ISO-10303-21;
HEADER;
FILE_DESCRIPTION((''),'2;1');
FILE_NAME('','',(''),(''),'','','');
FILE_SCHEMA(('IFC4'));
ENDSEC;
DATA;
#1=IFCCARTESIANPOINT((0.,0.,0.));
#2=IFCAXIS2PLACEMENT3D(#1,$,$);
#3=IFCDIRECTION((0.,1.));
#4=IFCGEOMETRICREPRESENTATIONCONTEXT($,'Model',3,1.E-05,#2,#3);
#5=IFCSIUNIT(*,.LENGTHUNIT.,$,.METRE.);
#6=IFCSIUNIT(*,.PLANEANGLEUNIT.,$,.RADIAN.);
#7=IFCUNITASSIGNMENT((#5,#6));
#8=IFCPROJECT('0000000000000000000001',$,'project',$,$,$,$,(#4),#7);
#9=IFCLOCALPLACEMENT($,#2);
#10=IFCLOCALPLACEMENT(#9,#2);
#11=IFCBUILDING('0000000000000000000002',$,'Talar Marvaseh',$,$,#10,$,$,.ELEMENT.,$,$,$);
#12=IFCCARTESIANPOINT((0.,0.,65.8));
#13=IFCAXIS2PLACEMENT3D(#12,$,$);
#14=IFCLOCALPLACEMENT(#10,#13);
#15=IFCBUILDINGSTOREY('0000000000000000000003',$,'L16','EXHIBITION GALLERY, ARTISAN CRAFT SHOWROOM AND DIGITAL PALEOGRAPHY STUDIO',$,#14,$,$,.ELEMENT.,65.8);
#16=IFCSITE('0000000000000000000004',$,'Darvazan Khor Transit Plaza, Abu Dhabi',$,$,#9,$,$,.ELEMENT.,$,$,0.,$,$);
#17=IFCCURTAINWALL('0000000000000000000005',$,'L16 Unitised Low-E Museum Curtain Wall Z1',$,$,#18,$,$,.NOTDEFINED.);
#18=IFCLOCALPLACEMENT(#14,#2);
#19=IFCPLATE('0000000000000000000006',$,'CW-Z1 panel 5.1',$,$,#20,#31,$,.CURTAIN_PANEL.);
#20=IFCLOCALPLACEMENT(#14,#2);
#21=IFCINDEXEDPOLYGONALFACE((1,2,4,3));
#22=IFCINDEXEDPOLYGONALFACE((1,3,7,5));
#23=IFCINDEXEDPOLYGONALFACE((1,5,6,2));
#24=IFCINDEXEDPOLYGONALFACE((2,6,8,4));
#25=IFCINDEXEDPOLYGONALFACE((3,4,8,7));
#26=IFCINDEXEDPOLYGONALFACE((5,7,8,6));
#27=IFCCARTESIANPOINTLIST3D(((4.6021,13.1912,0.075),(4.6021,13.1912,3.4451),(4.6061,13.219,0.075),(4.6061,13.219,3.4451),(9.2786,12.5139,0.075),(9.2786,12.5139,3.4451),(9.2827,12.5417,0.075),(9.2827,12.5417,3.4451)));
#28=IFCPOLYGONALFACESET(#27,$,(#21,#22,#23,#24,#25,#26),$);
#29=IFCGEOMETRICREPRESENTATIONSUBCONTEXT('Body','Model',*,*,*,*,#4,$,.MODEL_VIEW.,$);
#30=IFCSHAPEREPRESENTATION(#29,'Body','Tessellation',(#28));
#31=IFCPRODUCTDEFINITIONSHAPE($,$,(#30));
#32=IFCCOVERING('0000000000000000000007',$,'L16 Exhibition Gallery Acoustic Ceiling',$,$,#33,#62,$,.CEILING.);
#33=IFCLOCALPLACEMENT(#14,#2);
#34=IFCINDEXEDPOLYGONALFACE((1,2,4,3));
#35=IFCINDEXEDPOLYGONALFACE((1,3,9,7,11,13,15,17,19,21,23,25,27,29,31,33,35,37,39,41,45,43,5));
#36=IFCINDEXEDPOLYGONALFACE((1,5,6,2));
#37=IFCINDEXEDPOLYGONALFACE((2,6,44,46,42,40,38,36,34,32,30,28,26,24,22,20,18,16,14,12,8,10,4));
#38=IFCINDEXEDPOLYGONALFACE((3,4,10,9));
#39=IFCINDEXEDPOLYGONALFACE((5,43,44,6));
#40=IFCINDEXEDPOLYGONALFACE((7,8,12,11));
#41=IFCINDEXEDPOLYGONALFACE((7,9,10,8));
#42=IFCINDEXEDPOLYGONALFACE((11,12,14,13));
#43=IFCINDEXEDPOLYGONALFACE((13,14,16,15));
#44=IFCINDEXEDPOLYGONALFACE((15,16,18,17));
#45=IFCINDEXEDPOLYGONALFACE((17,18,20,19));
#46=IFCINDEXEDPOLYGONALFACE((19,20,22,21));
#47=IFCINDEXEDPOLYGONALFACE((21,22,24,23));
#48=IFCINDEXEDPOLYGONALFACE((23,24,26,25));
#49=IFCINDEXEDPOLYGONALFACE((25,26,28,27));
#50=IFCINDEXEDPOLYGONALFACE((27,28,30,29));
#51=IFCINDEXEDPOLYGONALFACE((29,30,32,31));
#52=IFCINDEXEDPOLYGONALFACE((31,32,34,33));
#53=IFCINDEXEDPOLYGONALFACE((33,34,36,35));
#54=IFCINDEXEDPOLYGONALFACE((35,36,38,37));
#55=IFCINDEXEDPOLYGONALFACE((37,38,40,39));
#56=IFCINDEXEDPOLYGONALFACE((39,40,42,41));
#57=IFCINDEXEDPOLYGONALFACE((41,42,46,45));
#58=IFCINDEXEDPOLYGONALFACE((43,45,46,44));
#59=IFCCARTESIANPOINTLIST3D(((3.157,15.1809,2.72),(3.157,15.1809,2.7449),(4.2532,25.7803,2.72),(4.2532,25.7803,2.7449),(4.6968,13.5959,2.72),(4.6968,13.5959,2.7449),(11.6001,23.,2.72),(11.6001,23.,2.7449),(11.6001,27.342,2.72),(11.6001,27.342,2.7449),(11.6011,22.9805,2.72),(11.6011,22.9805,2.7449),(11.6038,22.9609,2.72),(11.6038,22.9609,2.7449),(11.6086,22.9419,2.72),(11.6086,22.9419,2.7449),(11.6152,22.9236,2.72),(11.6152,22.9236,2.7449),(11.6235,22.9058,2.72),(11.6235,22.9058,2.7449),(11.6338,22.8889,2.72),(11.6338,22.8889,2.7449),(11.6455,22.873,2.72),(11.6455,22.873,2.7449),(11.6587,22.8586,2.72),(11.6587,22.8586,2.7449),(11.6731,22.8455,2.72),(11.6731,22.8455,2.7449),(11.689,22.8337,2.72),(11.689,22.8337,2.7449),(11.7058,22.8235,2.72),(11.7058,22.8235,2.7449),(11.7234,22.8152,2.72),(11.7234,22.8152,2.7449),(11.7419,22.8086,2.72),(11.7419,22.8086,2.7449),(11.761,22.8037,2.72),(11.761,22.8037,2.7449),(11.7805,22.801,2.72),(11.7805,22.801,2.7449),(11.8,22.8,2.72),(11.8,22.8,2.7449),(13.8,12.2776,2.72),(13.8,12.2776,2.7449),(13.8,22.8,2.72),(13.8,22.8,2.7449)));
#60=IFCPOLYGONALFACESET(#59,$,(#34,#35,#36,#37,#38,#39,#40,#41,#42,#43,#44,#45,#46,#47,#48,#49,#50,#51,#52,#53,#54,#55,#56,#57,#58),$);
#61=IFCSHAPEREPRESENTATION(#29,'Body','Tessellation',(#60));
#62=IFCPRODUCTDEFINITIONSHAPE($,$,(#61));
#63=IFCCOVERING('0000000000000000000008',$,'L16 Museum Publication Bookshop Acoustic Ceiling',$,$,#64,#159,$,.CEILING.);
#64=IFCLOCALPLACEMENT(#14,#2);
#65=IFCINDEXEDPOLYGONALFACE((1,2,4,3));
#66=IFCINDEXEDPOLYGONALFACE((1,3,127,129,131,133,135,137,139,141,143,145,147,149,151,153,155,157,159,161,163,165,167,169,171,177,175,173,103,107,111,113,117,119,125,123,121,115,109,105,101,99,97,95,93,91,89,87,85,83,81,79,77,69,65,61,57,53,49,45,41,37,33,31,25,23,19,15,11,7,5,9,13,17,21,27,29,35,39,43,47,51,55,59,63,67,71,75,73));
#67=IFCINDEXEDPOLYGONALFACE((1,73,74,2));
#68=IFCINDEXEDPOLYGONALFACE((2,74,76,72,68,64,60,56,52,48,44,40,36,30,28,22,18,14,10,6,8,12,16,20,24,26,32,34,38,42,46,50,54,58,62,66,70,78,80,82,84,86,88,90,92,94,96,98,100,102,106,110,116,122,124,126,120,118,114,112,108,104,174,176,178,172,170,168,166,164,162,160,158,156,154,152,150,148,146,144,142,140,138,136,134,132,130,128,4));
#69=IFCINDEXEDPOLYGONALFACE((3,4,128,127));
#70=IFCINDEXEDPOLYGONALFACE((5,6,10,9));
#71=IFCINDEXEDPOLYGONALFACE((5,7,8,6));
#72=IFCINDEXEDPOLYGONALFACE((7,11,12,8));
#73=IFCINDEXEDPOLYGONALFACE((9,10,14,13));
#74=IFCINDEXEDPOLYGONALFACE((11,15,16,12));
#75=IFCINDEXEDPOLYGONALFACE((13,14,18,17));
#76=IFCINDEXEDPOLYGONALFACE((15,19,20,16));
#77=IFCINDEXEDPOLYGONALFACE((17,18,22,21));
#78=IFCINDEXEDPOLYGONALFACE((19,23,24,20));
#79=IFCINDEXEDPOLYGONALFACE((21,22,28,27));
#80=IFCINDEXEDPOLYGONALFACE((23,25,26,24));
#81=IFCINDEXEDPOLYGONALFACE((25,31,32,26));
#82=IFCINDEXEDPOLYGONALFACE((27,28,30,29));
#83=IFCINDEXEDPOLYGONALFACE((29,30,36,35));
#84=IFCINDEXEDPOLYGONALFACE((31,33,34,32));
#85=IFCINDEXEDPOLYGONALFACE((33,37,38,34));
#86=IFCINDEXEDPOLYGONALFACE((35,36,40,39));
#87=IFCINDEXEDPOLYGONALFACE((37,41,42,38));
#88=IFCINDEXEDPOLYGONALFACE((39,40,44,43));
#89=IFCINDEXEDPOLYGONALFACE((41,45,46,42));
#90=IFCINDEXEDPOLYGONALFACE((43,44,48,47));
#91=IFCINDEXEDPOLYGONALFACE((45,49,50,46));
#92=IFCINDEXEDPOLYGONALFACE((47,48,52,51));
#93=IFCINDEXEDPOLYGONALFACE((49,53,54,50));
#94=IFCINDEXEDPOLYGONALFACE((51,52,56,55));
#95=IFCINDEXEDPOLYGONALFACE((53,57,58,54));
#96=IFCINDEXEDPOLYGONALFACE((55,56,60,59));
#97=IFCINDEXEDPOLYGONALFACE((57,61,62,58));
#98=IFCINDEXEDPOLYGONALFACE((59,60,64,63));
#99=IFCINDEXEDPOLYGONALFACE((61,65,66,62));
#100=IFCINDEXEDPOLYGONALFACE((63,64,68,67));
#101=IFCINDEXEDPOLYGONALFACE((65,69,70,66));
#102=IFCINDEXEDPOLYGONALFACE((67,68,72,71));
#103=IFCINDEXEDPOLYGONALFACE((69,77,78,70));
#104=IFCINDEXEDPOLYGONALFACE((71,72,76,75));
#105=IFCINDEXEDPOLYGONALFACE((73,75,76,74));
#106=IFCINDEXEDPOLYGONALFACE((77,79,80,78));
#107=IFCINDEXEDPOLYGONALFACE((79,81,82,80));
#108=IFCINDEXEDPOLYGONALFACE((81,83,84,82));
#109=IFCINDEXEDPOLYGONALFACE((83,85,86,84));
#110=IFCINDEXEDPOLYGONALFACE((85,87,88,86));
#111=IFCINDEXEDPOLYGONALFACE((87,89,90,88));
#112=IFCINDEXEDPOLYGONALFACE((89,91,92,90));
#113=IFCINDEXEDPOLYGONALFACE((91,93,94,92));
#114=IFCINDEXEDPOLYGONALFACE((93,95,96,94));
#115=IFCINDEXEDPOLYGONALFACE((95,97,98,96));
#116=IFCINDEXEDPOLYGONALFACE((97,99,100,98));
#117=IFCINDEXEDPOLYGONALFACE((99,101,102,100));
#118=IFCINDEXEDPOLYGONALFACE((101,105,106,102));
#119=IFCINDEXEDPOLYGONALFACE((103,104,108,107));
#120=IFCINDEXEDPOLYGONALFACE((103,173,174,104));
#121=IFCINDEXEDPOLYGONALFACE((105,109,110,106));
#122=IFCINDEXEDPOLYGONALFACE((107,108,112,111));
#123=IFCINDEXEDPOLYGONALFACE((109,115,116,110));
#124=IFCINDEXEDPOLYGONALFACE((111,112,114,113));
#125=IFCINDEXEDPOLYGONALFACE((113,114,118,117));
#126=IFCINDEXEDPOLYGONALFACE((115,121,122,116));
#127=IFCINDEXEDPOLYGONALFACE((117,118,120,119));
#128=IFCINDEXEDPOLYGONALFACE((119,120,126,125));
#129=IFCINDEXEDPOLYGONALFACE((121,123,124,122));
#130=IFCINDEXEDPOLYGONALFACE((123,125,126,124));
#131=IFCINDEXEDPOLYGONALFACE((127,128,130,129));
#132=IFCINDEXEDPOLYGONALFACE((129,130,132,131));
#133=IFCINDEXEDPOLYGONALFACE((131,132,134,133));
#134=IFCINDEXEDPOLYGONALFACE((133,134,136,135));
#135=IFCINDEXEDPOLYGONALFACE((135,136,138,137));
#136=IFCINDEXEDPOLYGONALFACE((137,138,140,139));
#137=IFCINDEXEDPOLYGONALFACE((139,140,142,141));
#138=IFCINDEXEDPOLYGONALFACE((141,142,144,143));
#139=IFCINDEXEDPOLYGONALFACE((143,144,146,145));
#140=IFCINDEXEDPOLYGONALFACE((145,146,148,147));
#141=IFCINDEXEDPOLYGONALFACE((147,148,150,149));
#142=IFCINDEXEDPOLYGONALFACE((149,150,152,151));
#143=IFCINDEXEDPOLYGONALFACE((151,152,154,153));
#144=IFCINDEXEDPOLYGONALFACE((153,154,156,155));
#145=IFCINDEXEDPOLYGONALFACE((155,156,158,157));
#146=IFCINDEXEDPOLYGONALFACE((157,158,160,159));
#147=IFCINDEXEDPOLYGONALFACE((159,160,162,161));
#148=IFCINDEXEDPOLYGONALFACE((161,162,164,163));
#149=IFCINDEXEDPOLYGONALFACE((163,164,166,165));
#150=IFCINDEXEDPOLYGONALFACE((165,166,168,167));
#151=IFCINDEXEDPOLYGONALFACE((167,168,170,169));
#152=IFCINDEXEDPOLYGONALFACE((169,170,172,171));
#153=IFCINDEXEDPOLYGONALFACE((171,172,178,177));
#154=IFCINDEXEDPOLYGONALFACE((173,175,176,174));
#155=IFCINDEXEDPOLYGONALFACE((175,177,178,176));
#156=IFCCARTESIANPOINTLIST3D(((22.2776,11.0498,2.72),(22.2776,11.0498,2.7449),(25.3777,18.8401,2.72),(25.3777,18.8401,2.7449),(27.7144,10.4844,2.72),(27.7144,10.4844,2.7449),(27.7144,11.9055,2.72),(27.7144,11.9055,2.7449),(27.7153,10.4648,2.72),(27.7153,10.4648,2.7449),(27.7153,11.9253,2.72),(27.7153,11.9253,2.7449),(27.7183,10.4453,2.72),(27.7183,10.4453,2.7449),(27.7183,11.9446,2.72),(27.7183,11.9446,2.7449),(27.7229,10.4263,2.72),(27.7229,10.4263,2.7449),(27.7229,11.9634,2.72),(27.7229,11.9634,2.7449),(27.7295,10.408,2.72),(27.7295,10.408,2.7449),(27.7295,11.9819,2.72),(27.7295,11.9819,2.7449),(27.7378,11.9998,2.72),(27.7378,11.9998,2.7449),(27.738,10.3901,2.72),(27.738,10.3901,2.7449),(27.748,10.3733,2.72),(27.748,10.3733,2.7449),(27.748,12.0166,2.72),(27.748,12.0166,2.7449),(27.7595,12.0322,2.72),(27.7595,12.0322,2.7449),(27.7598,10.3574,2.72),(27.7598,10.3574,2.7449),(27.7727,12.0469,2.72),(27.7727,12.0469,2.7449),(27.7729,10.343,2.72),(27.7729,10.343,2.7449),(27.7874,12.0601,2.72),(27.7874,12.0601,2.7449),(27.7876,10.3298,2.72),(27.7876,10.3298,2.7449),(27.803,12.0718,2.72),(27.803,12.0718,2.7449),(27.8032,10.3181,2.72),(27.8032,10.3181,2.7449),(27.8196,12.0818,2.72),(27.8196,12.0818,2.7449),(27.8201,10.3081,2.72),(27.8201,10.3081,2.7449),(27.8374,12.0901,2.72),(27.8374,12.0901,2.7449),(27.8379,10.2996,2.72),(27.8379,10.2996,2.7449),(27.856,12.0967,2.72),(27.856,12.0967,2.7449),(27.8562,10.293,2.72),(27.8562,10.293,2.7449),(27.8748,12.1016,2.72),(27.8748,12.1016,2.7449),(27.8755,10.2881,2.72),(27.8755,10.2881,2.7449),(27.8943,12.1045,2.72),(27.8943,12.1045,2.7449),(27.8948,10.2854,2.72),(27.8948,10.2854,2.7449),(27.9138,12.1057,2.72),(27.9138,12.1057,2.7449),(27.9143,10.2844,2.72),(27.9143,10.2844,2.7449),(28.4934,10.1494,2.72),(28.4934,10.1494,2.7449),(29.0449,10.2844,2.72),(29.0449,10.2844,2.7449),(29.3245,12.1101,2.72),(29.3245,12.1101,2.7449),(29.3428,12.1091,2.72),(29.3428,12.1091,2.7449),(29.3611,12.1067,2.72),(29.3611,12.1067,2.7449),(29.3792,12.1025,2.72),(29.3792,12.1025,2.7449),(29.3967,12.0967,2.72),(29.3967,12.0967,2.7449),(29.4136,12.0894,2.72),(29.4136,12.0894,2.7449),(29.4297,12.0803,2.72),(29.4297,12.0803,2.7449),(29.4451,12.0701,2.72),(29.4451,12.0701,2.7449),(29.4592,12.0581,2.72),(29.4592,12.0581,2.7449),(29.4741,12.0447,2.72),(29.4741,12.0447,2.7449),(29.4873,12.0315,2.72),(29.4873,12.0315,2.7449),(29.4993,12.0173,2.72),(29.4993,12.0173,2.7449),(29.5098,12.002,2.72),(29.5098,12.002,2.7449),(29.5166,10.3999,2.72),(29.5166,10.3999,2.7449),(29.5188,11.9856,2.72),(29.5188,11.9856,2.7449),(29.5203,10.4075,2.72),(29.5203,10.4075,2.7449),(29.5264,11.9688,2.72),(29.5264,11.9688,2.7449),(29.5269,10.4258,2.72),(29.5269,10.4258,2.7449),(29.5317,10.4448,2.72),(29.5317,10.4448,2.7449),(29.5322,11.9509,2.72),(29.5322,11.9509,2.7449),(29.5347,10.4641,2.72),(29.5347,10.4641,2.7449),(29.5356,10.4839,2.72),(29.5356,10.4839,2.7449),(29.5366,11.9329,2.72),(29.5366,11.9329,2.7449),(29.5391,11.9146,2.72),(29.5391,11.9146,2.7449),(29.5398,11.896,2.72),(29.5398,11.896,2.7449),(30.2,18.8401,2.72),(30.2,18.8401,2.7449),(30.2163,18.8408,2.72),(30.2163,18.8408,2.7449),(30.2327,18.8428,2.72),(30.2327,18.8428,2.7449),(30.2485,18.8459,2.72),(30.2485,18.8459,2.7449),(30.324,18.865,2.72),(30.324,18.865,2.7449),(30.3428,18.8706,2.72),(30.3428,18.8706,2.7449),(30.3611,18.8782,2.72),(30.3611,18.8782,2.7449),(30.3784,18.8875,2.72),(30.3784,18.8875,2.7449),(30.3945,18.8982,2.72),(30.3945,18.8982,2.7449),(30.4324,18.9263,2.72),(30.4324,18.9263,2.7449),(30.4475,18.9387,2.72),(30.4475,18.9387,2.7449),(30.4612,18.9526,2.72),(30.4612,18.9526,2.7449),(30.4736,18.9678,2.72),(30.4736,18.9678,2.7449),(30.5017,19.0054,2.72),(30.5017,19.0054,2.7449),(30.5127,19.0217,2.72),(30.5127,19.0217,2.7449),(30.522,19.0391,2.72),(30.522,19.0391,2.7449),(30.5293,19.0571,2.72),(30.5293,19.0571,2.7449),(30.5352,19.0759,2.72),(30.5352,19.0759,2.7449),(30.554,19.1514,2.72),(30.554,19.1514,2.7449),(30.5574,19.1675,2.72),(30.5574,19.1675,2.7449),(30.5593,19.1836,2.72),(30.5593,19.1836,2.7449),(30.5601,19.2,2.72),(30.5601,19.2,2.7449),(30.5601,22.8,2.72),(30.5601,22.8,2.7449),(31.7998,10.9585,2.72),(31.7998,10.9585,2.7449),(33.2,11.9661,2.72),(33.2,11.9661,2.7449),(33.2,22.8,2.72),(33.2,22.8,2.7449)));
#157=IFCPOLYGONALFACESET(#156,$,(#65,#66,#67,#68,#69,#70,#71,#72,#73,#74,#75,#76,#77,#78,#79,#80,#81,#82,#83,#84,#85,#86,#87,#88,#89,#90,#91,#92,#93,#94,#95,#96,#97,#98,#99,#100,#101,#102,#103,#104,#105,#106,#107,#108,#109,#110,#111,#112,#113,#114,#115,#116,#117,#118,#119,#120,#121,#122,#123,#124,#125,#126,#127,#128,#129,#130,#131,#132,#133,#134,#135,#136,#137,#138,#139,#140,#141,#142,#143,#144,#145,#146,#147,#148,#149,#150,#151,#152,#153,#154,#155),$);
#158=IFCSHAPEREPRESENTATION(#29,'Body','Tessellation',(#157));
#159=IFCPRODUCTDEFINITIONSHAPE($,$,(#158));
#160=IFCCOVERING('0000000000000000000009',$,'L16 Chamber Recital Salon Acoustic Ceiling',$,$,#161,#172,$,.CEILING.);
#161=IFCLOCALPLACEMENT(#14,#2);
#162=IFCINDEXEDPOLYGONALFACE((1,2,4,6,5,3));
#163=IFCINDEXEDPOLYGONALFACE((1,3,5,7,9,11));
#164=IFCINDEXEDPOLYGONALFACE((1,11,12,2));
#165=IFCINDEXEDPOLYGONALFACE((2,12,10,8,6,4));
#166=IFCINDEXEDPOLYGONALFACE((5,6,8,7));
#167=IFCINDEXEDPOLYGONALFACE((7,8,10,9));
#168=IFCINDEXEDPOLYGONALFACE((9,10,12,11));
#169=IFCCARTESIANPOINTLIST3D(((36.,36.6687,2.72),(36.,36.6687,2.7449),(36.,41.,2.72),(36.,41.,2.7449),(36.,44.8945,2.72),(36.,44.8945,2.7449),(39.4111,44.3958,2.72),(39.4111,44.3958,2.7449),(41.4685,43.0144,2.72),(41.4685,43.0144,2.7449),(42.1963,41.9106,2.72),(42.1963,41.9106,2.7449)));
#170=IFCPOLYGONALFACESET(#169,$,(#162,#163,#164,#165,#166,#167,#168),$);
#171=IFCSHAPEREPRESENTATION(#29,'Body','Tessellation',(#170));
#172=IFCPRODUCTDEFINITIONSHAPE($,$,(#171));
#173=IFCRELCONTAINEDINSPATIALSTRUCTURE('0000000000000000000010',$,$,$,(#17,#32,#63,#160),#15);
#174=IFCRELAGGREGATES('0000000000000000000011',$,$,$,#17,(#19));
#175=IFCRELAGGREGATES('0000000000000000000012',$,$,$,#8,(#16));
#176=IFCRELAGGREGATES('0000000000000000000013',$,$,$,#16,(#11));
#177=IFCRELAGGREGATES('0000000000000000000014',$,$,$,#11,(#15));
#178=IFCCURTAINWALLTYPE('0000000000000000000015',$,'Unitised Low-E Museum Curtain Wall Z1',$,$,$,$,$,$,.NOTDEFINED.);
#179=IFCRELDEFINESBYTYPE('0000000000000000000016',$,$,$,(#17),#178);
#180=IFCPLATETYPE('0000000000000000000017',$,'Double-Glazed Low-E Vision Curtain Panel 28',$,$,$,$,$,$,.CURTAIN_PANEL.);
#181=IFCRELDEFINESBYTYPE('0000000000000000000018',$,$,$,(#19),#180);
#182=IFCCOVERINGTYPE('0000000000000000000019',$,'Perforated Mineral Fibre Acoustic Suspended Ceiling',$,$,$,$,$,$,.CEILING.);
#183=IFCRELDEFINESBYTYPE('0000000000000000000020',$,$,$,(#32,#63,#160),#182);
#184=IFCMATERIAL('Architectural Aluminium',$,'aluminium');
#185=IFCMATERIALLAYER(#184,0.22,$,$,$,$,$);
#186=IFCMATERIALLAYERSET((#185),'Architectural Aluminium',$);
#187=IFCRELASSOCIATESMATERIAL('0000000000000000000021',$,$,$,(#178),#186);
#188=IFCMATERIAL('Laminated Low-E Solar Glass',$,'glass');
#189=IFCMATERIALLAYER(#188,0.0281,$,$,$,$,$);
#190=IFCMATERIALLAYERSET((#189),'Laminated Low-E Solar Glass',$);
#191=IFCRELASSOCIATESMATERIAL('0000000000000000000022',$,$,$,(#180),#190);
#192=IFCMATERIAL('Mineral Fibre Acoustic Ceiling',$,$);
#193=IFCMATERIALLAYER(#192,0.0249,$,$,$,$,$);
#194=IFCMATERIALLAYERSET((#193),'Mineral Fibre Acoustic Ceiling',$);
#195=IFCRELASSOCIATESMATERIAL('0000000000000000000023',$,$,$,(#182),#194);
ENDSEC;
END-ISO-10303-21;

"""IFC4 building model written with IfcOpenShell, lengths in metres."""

from ifc_helpers import new_model, si_unit, direction, frame, origin, origin_2d, place, context, subcontext, project, spatial, polyline, rectangle, outline, extrude, source, transform, mapped, material, layer, layer_set, type_object, type_shapes, element, aggregate, save


model = new_model("IFC4")

# Units and contexts
model_context = context("Model", 3, precision=1e-05, world=origin(), true_north=direction((0.0, 1.0)))
body_context = subcontext(model_context, "Body", "Model", "MODEL_VIEW")
ifc_project = project(units=[si_unit("LENGTHUNIT", "METRE"), si_unit("PLANEANGLEUNIT", "RADIAN")], contexts=[model_context])

# Site, building, storey
site_placement = place(None, origin())
site = spatial("IfcSite", under=ifc_project, at=site_placement, Name="Darvazan Khor Transit Plaza, Abu Dhabi", CompositionType="ELEMENT", RefElevation=0.0)
building_placement = place(site_placement, origin())
building = spatial("IfcBuilding", under=site, at=building_placement, Name="Talar Marvaseh", CompositionType="ELEMENT")
storey_placement = place(building_placement, frame((0.0, 0.0, 65.8)))
storey = spatial("IfcBuildingStorey", under=building, at=storey_placement, Name="L16", Description="EXHIBITION GALLERY, ARTISAN CRAFT SHOWROOM AND DIGITAL PALEOGRAPHY STUDIO", CompositionType="ELEMENT", Elevation=65.8)

# Curtain wall
ifc_material_1 = material(Name="Architectural Aluminium", Category="aluminium")
ifc_layer_1 = layer(ifc_material_1, 0.22)
ifc_layer_set_1 = layer_set([ifc_layer_1], Name="Architectural Aluminium")
curtain_wall_type = type_object("IfcCurtainWallType", Name="Unitised Low-E Museum Curtain Wall Z1", PredefinedType="NOTDEFINED", material=ifc_layer_set_1)
curtain_wall_placement = place(storey_placement, origin())
curtain_wall = element("IfcCurtainWall", 1, at=curtain_wall_placement, inside=storey, type_object=curtain_wall_type, Name="L16 Unitised Low-E Museum Curtain Wall Z1", PredefinedType="NOTDEFINED")

# Plate
ifc_material_2 = material(Name="Laminated Low-E Solar Glass", Category="glass")
ifc_layer_2 = layer(ifc_material_2, 0.0281)
ifc_layer_set_2 = layer_set([ifc_layer_2], Name="Laminated Low-E Solar Glass")
plate_type = type_object("IfcPlateType", Name="Double-Glazed Low-E Vision Curtain Panel 28", PredefinedType="CURTAIN_PANEL", material=ifc_layer_set_2)
shared_shape_1 = source(origin(), body_context, "Body", "SweptSolid", [
    extrude(rectangle(XDim=4.7253, YDim=0.0281, at=origin_2d()), origin(), (0.0, 0.0, 1.0), 3.3701),
])
type_shapes(plate_type, [shared_shape_1])
plate_placement = place(storey_placement, frame((6.9424, 12.8665, 0.075), z_axis=(0.0, 0.0, 1.0), x_axis=(-0.989674, 0.143338, 0.0)))
plate = element("IfcPlate", 2, at=plate_placement, type_object=plate_type, Name="CW-Z1 panel 5.1", PredefinedType="CURTAIN_PANEL", context=body_context, shape_type="MappedRepresentation", body=[
    mapped(shared_shape_1, transform((0.0, 0.0, 0.0), x_axis=(1.0, 0.0, 0.0), y_axis=(0.0, 1.0, 0.0), z_axis=(0.0, 0.0, 1.0), scale=1.0)),
])
aggregate(curtain_wall, [plate])

# Coverings
ifc_material_3 = material(Name="Mineral Fibre Acoustic Ceiling")
ifc_layer_3 = layer(ifc_material_3, 0.0249)
ifc_layer_set_3 = layer_set([ifc_layer_3], Name="Mineral Fibre Acoustic Ceiling")
covering_type_1 = type_object("IfcCoveringType", Name="Perforated Mineral Fibre Acoustic Suspended Ceiling", PredefinedType="CEILING", material=ifc_layer_set_3)
covering_1_placement = place(storey_placement, frame((0.0, 0.0, 2.72)))
element("IfcCovering", 3, at=covering_1_placement, inside=storey, type_object=covering_type_1, Name="L16 Exhibition Gallery Acoustic Ceiling", PredefinedType="CEILING", context=body_context, shape_type="SweptSolid", body=[
    extrude(outline(polyline([(3.157, 15.1809), (4.2532, 25.7803), (11.6001, 27.342), (11.6001, 23.0), (11.6011, 22.9805), (11.6038, 22.9609), (11.6086, 22.9419), (11.6152, 22.9236), (11.6235, 22.9058), (11.6338, 22.8889), (11.6455, 22.873), (11.6587, 22.8586), (11.6731, 22.8455), (11.689, 22.8337), (11.7058, 22.8235), (11.7234, 22.8152), (11.7419, 22.8086), (11.761, 22.8037), (11.7805, 22.801), (11.8, 22.8), (13.8, 22.8), (13.8, 12.2776), (4.6968, 13.5959), (3.157, 15.1809)])), origin(), (0.0, 0.0, 1.0), 0.0249),
])
covering_2_placement = place(storey_placement, frame((0.0, 0.0, 2.72)))
element("IfcCovering", 4, at=covering_2_placement, inside=storey, type_object=covering_type_1, Name="L16 Museum Publication Bookshop Acoustic Ceiling", PredefinedType="CEILING", context=body_context, shape_type="SweptSolid", body=[
    extrude(outline(polyline([(25.3777, 18.8401), (30.2, 18.8401), (30.2163, 18.8408), (30.2327, 18.8428), (30.2485, 18.8459), (30.324, 18.865), (30.3428, 18.8706), (30.3611, 18.8782), (30.3784, 18.8875), (30.3945, 18.8982), (30.4324, 18.9263), (30.4475, 18.9387), (30.4612, 18.9526), (30.4736, 18.9678), (30.5017, 19.0054), (30.5127, 19.0217), (30.522, 19.0391), (30.5293, 19.0571), (30.5352, 19.0759), (30.554, 19.1514), (30.5574, 19.1675), (30.5593, 19.1836), (30.5601, 19.2), (30.5601, 22.8), (33.2, 22.8), (33.2, 11.9661), (31.7998, 10.9585), (29.5166, 10.3999), (29.5203, 10.4075), (29.5269, 10.4258), (29.5317, 10.4448), (29.5347, 10.4641), (29.5356, 10.4839), (29.5398, 11.896), (29.5391, 11.9146), (29.5366, 11.9329), (29.5322, 11.9509), (29.5264, 11.9688), (29.5188, 11.9856), (29.5098, 12.002), (29.4993, 12.0173), (29.4873, 12.0315), (29.4741, 12.0447), (29.4592, 12.0581), (29.4451, 12.0701), (29.4297, 12.0803), (29.4136, 12.0894), (29.3967, 12.0967), (29.3792, 12.1025), (29.3611, 12.1067), (29.3428, 12.1091), (29.3245, 12.1101), (27.9138, 12.1057), (27.8943, 12.1045), (27.8748, 12.1016), (27.856, 12.0967), (27.8374, 12.0901), (27.8196, 12.0818), (27.803, 12.0718), (27.7874, 12.0601), (27.7727, 12.0469), (27.7595, 12.0322), (27.748, 12.0166), (27.7378, 11.9998), (27.7295, 11.9819), (27.7229, 11.9634), (27.7183, 11.9446), (27.7153, 11.9253), (27.7144, 11.9055), (27.7144, 10.4844), (27.7153, 10.4648), (27.7183, 10.4453), (27.7229, 10.4263), (27.7295, 10.408), (27.738, 10.3901), (27.748, 10.3733), (27.7598, 10.3574), (27.7729, 10.343), (27.7876, 10.3298), (27.8032, 10.3181), (27.8201, 10.3081), (27.8379, 10.2996), (27.8562, 10.293), (27.8755, 10.2881), (27.8948, 10.2854), (27.9143, 10.2844), (29.0449, 10.2844), (28.4934, 10.1494), (22.2776, 11.0498), (25.3777, 18.8401)])), origin(), (0.0, 0.0, 1.0), 0.0249),
])
covering_3_placement = place(storey_placement, frame((0.0, 0.0, 2.72)))
element("IfcCovering", 5, at=covering_3_placement, inside=storey, type_object=covering_type_1, Name="L16 Chamber Recital Salon Acoustic Ceiling", PredefinedType="CEILING", context=body_context, shape_type="SweptSolid", body=[
    extrude(outline(polyline([(36.0, 36.6687), (36.0, 41.0), (36.0, 44.8945), (39.4111, 44.3958), (41.4685, 43.0144), (42.1963, 41.9106), (36.0, 36.6687)])), origin(), (0.0, 0.0, 1.0), 0.0249),
])

save(model, "model.ifc")
